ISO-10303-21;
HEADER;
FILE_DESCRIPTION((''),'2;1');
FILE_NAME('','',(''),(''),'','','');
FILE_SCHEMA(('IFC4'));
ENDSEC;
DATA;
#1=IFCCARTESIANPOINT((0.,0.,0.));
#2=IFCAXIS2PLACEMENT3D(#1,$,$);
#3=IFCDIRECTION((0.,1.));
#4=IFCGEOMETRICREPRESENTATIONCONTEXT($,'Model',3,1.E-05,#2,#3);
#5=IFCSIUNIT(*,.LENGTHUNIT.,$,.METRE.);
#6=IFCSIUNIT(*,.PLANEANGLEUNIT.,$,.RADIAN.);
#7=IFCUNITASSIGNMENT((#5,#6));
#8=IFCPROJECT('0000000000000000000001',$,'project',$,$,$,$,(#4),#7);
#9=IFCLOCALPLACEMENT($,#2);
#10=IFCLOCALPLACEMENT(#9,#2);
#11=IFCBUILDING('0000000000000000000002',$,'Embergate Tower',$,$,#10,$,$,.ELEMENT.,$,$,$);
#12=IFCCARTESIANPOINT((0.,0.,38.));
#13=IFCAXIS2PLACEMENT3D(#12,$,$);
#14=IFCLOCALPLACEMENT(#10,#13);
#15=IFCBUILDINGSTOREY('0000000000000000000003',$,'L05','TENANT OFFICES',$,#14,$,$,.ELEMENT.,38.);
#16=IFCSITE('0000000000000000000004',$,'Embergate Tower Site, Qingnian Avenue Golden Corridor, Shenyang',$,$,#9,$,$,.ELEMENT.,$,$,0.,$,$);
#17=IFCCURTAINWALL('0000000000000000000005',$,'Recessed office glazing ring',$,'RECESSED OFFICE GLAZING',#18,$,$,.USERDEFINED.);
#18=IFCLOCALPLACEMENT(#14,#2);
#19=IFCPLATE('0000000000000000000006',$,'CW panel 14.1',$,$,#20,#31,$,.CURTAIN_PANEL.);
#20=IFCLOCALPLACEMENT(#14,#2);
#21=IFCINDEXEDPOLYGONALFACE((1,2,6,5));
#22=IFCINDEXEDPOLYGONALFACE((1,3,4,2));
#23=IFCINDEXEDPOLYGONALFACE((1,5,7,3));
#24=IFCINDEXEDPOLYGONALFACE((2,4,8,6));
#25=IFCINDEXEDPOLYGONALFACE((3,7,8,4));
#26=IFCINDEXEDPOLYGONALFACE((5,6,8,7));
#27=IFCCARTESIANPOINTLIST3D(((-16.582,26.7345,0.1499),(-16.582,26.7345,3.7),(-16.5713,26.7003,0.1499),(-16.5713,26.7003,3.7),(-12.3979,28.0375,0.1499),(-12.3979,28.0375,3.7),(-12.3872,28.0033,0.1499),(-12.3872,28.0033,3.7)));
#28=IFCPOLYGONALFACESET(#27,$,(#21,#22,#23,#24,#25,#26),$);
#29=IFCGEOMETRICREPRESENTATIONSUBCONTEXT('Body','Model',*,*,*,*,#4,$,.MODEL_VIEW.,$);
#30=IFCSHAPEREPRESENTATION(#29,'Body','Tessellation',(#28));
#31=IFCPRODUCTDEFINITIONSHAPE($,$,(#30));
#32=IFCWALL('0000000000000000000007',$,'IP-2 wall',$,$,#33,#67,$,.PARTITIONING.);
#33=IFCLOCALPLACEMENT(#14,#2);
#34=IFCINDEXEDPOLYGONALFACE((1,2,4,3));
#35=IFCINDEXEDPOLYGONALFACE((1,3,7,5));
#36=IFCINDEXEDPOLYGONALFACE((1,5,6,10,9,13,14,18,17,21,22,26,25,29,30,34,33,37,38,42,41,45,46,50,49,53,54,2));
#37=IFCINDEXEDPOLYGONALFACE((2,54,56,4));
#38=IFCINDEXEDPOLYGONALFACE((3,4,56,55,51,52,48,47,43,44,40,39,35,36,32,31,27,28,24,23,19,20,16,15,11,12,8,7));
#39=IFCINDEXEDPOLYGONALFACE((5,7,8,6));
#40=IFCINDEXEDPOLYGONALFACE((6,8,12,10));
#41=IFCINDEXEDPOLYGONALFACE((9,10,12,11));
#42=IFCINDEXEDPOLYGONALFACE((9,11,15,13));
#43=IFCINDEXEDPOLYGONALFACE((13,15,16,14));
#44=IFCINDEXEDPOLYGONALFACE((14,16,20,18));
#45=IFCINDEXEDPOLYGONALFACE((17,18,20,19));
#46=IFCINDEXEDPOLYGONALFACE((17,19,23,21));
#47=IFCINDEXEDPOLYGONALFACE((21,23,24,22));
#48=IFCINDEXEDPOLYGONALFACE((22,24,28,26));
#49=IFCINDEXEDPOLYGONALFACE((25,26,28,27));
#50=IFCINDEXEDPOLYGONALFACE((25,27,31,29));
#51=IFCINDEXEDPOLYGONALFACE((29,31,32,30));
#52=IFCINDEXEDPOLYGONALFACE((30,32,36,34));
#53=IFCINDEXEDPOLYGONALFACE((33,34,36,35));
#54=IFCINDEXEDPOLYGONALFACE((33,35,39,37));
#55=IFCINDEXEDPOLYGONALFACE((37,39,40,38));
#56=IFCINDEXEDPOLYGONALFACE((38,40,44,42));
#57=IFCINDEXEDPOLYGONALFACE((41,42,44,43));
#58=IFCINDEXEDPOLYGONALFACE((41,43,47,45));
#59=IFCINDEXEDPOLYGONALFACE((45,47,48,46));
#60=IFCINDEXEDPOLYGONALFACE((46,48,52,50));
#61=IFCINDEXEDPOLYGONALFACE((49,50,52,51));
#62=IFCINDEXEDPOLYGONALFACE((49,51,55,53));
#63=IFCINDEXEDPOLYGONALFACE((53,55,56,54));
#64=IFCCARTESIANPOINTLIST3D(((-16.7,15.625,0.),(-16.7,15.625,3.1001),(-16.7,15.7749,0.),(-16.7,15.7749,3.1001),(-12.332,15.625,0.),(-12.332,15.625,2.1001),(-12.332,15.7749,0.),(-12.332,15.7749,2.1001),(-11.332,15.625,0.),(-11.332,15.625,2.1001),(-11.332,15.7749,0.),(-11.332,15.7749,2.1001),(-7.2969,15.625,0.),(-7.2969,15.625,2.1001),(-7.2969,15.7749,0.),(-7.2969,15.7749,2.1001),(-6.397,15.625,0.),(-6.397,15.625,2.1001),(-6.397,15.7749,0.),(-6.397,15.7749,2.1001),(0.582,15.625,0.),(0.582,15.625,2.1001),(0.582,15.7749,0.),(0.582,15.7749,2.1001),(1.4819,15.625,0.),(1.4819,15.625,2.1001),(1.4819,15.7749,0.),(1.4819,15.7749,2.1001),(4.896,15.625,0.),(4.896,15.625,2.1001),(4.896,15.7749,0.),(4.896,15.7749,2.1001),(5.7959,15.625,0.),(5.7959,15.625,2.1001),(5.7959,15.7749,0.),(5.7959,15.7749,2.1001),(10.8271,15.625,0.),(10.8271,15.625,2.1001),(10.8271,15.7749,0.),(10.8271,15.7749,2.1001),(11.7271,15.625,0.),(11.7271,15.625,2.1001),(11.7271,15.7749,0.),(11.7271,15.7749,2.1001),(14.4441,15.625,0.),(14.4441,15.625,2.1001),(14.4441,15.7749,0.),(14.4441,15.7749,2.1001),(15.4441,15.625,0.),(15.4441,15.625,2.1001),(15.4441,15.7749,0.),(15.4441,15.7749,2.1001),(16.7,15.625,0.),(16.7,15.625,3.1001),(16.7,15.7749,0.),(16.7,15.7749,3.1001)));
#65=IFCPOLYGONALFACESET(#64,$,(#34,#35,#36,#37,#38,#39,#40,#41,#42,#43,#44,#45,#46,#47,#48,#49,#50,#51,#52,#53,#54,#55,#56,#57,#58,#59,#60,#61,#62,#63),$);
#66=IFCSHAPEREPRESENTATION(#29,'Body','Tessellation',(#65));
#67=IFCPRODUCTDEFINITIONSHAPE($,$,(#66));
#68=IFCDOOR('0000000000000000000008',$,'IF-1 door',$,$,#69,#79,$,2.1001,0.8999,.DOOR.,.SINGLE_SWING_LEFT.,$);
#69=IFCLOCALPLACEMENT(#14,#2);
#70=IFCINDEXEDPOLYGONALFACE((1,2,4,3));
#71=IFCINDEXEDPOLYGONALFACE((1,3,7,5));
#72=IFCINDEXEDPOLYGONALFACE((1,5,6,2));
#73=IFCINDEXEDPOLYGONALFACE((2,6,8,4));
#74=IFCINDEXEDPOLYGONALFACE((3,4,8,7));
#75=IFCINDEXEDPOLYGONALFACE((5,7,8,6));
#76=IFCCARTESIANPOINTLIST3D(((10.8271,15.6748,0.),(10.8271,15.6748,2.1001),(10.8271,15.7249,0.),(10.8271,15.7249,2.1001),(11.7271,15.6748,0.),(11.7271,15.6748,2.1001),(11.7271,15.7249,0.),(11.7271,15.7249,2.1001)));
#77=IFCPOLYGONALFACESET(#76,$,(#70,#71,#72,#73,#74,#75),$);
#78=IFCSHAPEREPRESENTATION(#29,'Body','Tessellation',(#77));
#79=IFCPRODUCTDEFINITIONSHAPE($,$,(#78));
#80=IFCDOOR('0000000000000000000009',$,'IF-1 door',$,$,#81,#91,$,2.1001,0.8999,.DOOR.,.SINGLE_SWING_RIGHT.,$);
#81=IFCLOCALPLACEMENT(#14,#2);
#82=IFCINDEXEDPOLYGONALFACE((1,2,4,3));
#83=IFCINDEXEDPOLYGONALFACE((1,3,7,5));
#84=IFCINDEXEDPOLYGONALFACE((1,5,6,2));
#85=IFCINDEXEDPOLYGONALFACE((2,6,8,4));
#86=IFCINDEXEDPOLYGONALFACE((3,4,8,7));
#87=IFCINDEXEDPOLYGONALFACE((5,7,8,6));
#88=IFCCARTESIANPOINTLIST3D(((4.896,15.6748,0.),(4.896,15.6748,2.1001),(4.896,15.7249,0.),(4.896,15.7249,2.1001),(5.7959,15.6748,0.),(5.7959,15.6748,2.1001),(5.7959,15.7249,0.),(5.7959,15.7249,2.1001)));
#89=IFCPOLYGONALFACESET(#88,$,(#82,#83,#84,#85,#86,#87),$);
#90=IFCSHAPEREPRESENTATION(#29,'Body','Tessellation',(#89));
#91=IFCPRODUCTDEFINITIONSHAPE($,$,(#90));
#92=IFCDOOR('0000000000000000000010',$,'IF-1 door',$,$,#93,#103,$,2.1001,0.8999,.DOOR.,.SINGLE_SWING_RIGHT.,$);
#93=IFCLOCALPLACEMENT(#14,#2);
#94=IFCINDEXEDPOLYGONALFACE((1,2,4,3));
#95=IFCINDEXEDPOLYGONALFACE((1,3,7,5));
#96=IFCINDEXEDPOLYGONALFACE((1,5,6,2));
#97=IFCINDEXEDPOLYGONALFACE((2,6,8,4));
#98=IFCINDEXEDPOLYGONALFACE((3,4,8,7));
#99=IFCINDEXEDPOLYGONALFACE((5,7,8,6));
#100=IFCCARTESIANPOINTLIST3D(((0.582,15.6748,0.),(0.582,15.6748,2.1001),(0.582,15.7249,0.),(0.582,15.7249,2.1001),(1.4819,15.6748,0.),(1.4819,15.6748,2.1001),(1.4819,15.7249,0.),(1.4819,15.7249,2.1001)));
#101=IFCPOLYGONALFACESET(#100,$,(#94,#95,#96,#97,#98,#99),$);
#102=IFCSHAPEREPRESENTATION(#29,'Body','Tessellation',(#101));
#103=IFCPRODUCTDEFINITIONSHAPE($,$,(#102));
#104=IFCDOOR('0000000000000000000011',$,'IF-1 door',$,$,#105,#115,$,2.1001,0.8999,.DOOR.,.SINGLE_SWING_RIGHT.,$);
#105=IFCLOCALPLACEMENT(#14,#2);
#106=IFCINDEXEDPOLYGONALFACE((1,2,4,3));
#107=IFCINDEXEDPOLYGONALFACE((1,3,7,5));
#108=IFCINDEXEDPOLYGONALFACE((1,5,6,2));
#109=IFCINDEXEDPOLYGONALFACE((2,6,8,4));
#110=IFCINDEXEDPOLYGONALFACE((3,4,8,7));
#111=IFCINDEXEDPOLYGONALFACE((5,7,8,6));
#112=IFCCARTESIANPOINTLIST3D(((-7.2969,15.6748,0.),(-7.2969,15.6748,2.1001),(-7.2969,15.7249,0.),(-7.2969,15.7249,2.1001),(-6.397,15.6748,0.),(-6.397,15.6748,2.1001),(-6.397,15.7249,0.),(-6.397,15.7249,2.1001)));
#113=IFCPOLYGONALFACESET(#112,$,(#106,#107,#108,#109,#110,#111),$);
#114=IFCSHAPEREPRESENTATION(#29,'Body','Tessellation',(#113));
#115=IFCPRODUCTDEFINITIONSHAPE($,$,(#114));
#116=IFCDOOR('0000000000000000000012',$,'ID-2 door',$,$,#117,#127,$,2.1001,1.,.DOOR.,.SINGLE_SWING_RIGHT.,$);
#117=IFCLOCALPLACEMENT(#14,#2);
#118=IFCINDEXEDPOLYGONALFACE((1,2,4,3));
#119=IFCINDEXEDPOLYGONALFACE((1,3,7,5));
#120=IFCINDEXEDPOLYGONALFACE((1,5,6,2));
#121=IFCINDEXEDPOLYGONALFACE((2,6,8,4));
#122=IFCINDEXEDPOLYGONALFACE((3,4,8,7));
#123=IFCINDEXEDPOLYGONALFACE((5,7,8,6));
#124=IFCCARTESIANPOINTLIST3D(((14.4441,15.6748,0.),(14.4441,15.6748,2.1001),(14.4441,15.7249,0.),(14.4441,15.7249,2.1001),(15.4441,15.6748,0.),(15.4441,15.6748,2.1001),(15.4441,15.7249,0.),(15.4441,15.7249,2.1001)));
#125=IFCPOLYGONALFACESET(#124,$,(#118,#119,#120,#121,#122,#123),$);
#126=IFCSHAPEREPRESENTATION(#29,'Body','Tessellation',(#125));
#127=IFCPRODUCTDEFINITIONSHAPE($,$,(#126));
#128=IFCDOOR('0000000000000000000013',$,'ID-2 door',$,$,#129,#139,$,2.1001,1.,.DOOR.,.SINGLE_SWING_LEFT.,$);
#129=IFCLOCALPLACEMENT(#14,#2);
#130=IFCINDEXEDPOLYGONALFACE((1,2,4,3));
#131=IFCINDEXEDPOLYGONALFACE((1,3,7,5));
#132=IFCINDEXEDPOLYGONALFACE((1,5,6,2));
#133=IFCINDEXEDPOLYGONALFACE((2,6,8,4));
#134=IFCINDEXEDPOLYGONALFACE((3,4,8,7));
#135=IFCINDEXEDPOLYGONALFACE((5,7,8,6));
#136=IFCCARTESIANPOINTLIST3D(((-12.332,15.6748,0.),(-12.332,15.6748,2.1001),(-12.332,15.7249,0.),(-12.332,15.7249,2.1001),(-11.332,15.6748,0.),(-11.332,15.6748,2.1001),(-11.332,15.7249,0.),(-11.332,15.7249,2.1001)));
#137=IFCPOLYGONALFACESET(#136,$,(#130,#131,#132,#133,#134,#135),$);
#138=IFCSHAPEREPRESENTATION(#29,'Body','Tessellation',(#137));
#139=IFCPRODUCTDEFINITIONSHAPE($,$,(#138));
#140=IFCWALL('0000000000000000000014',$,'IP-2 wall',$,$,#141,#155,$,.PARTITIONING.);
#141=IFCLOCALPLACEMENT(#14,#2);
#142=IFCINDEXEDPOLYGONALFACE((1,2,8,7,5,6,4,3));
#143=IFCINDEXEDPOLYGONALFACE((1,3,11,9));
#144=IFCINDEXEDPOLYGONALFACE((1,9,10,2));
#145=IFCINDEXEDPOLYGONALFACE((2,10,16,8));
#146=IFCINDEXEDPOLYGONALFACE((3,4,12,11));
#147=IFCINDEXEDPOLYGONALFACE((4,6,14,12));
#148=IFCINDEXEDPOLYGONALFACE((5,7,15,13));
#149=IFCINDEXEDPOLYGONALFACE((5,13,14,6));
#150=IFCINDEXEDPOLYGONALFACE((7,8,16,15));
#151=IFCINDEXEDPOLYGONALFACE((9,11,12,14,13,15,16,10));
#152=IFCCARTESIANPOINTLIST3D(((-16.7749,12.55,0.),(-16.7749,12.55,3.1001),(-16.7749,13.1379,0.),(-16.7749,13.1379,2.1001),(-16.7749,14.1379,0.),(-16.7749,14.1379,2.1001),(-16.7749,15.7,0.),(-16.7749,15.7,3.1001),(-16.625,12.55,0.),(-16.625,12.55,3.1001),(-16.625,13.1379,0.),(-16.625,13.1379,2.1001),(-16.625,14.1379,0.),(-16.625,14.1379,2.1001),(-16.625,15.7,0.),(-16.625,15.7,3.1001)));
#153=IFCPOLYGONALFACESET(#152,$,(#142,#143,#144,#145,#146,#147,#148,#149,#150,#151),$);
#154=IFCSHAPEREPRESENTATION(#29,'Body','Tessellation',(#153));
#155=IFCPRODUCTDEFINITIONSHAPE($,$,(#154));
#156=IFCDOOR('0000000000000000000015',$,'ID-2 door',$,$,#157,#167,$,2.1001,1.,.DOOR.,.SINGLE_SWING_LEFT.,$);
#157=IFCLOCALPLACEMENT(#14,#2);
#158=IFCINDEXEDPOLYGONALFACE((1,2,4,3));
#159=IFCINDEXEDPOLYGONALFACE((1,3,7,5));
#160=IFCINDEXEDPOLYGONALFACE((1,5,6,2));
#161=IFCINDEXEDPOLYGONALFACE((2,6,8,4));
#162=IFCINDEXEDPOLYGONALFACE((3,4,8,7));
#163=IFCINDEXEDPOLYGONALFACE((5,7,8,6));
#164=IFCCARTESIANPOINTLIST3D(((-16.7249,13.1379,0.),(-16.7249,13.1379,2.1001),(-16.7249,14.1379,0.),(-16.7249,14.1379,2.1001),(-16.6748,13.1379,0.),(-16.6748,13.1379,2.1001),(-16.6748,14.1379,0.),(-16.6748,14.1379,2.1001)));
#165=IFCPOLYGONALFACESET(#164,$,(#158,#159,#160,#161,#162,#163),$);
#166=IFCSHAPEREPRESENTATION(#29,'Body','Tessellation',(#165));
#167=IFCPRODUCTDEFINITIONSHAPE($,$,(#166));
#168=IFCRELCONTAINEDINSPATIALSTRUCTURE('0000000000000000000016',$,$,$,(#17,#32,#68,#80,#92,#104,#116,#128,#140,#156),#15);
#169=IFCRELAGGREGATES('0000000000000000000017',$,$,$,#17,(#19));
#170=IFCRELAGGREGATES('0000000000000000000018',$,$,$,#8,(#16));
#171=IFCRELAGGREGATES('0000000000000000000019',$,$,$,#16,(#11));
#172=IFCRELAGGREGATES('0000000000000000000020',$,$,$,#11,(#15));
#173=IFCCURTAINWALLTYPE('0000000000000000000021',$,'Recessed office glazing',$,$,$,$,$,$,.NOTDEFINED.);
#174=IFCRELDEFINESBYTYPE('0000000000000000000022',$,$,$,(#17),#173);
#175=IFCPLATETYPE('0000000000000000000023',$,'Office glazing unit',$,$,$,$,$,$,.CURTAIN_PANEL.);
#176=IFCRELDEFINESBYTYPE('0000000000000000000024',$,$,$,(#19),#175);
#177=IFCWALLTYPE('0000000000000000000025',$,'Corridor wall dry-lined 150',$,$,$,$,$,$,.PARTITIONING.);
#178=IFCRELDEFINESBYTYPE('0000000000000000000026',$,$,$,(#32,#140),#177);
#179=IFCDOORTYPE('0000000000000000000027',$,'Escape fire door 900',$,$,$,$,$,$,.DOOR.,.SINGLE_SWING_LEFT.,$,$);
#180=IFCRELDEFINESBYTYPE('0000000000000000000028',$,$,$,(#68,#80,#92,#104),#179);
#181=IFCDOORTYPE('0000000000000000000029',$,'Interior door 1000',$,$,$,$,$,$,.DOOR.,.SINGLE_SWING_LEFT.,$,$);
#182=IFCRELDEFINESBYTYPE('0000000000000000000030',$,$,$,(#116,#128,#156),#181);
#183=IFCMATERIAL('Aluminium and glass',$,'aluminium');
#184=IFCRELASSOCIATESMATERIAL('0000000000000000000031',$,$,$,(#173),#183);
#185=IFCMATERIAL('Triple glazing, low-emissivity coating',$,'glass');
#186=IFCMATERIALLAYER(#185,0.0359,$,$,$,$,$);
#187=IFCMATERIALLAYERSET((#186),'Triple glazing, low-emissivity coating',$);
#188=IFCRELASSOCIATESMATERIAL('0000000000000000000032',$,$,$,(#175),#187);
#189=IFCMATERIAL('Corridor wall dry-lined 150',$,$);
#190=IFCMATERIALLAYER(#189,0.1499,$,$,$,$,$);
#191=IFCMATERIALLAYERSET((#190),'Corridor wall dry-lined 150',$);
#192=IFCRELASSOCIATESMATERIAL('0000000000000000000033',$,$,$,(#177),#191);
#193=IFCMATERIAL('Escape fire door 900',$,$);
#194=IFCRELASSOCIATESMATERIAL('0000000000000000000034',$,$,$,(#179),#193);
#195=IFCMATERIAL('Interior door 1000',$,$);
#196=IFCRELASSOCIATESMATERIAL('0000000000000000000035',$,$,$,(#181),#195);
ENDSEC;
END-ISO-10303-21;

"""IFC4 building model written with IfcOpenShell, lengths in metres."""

from ifc_helpers import new_model, si_unit, direction, frame, frame_2d, origin, origin_2d, place, context, subcontext, project, spatial, rectangle, extrude, source, transform, mapped, material, layer, layer_set, type_object, element, fill, aggregate, save


model = new_model("IFC4")

# Units and contexts
model_context = context("Model", 3, precision=1e-05, world=origin(), true_north=direction((0.0, 1.0)))
body_context = subcontext(model_context, "Body", "Model", "MODEL_VIEW")
ifc_project = project(units=[si_unit("LENGTHUNIT", "METRE"), si_unit("PLANEANGLEUNIT", "RADIAN")], contexts=[model_context])

# Site, building, storey
site_placement = place(None, origin())
site = spatial("IfcSite", under=ifc_project, at=site_placement, Name="Embergate Tower Site, Qingnian Avenue Golden Corridor, Shenyang", CompositionType="ELEMENT", RefElevation=0.0)
building_placement = place(site_placement, origin())
building = spatial("IfcBuilding", under=site, at=building_placement, Name="Embergate Tower", CompositionType="ELEMENT")
storey_placement = place(building_placement, frame((0.0, 0.0, 38.0)))
storey = spatial("IfcBuildingStorey", under=building, at=storey_placement, Name="L05", Description="TENANT OFFICES", CompositionType="ELEMENT", Elevation=38.0)

# Curtain wall, plate
ifc_material_1 = material(Name="Aluminium and glass", Category="aluminium")
curtain_wall_type = type_object("IfcCurtainWallType", Name="Recessed office glazing", PredefinedType="NOTDEFINED", material=ifc_material_1)
curtain_wall_placement = place(storey_placement, origin())
curtain_wall = element("IfcCurtainWall", 1, at=curtain_wall_placement, inside=storey, type_object=curtain_wall_type, Name="Recessed office glazing ring", ObjectType="RECESSED OFFICE GLAZING", PredefinedType="USERDEFINED")
ifc_material_2 = material(Name="Triple glazing, low-emissivity coating", Category="glass")
ifc_layer_1 = layer(ifc_material_2, 0.0359)
ifc_layer_set_1 = layer_set([ifc_layer_1], Name="Triple glazing, low-emissivity coating")
plate_type = type_object("IfcPlateType", Name="Office glazing unit", PredefinedType="CURTAIN_PANEL", material=ifc_layer_set_1)
shared_shape_1 = source(origin(), body_context, "Body", "SweptSolid", [
    extrude(rectangle(XDim=4.3823, YDim=0.0359, at=origin_2d()), origin(), (0.0, 0.0, 1.0), 3.55),
])
plate_placement = place(storey_placement, frame((-14.4846, 27.3689, 0.1499), z_axis=(0.0, 0.0, 1.0), x_axis=(-0.954773, -0.297337, 0.0)))
plate = element("IfcPlate", 2, at=plate_placement, type_object=plate_type, Name="CW panel 14.1", PredefinedType="CURTAIN_PANEL", context=body_context, shape_type="MappedRepresentation", body=[
    mapped(shared_shape_1, transform((0.0, 0.0, 0.0))),
])
aggregate(curtain_wall, [plate])

# Wall, openings, doors
ifc_material_3 = material(Name="Corridor wall dry-lined 150")
ifc_layer_2 = layer(ifc_material_3, 0.1499)
ifc_layer_set_2 = layer_set([ifc_layer_2], Name="Corridor wall dry-lined 150")
wall_type_1 = type_object("IfcWallType", Name="Corridor wall dry-lined 150", PredefinedType="PARTITIONING", material=ifc_layer_set_2)
shared_shape_2 = source(origin(), body_context, "Body", "SweptSolid", [
    extrude(rectangle(XDim=33.3999, YDim=0.1499, at=frame_2d((16.7, 0.0))), origin(), (0.0, 0.0, 1.0), 3.1001),
])
wall_1_placement = place(storey_placement, frame((-16.7, 15.7, 0.0), z_axis=(0.0, 0.0, 1.0), x_axis=(1.0, 0.0, 0.0)))
wall_1 = element("IfcWall", 3, at=wall_1_placement, inside=storey, type_object=wall_type_1, Name="IP-2 wall", PredefinedType="PARTITIONING", context=body_context, shape_type="MappedRepresentation", body=[
    mapped(shared_shape_2, transform((0.0, 0.0, 0.0))),
])
shared_shape_3 = source(origin(), body_context, "Body", "SweptSolid", [
    extrude(rectangle(XDim=1.0, YDim=2.1001, at=frame_2d((0.5, 1.05))), frame((0.0, 0.085, 0.0), z_axis=(0.0, -1.0, 0.0), x_axis=(1.0, 0.0, 0.0)), (0.0, 0.0, 1.0), 0.1699),
])
opening_1_placement = place(wall_1_placement, frame((31.144, 0.0, 0.0)))
opening_1 = element("IfcOpeningElement", 4, at=opening_1_placement, cuts=wall_1, PredefinedType="OPENING", context=body_context, shape_type="MappedRepresentation", body=[
    mapped(shared_shape_3, transform((0.0, 0.0, 0.0))),
])
shared_shape_4 = source(origin(), body_context, "Body", "SweptSolid", [
    extrude(rectangle(XDim=0.8999, YDim=2.1001, at=frame_2d((0.45, 1.05))), frame((0.0, 0.085, 0.0), z_axis=(0.0, -1.0, 0.0), x_axis=(1.0, 0.0, 0.0)), (0.0, 0.0, 1.0), 0.1699),
])
opening_2_placement = place(wall_1_placement, frame((27.5271, 0.0, 0.0)))
opening_2 = element("IfcOpeningElement", 5, at=opening_2_placement, cuts=wall_1, PredefinedType="OPENING", context=body_context, shape_type="MappedRepresentation", body=[
    mapped(shared_shape_4, transform((0.0, 0.0, 0.0))),
])
opening_3_placement = place(wall_1_placement, frame((21.5959, 0.0, 0.0)))
opening_3 = element("IfcOpeningElement", 6, at=opening_3_placement, cuts=wall_1, PredefinedType="OPENING", context=body_context, shape_type="MappedRepresentation", body=[
    mapped(shared_shape_4, transform((0.0, 0.0, 0.0))),
])
opening_4_placement = place(wall_1_placement, frame((17.282, 0.0, 0.0)))
opening_4 = element("IfcOpeningElement", 7, at=opening_4_placement, cuts=wall_1, PredefinedType="OPENING", context=body_context, shape_type="MappedRepresentation", body=[
    mapped(shared_shape_4, transform((0.0, 0.0, 0.0))),
])
opening_5_placement = place(wall_1_placement, frame((9.4031, 0.0, 0.0)))
opening_5 = element("IfcOpeningElement", 8, at=opening_5_placement, cuts=wall_1, PredefinedType="OPENING", context=body_context, shape_type="MappedRepresentation", body=[
    mapped(shared_shape_4, transform((0.0, 0.0, 0.0))),
])
opening_6_placement = place(wall_1_placement, frame((4.3679, 0.0, 0.0)))
opening_6 = element("IfcOpeningElement", 9, at=opening_6_placement, cuts=wall_1, PredefinedType="OPENING", context=body_context, shape_type="MappedRepresentation", body=[
    mapped(shared_shape_3, transform((0.0, 0.0, 0.0))),
])
ifc_material_4 = material(Name="Escape fire door 900")
door_type_1 = type_object("IfcDoorType", Name="Escape fire door 900", OperationType="SINGLE_SWING_LEFT", PredefinedType="DOOR", material=ifc_material_4)
shared_shape_5 = source(origin(), body_context, "Body", "SweptSolid", [
    extrude(rectangle(XDim=0.8999, YDim=2.1001, at=frame_2d((0.45, 1.05))), frame((0.0, 0.0249, 0.0), z_axis=(0.0, -1.0, 0.0), x_axis=(1.0, 0.0, 0.0)), (0.0, 0.0, 1.0), 0.05),
])
door_1_placement = place(opening_2_placement, origin())
door_1 = element("IfcDoor", 10, at=door_1_placement, inside=storey, type_object=door_type_1, Name="IF-1 door", OperationType="SINGLE_SWING_LEFT", OverallHeight=2.1001, OverallWidth=0.8999, PredefinedType="DOOR", context=body_context, shape_type="MappedRepresentation", body=[
    mapped(shared_shape_5, transform((0.0, 0.0, 0.0))),
])
fill(opening_2, door_1)
door_2_placement = place(opening_3_placement, origin())
door_2 = element("IfcDoor", 11, at=door_2_placement, inside=storey, type_object=door_type_1, Name="IF-1 door", OperationType="SINGLE_SWING_RIGHT", OverallHeight=2.1001, OverallWidth=0.8999, PredefinedType="DOOR", context=body_context, shape_type="MappedRepresentation", body=[
    mapped(shared_shape_5, transform((0.0, 0.0, 0.0))),
])
fill(opening_3, door_2)
door_3_placement = place(opening_4_placement, origin())
door_3 = element("IfcDoor", 12, at=door_3_placement, inside=storey, type_object=door_type_1, Name="IF-1 door", OperationType="SINGLE_SWING_RIGHT", OverallHeight=2.1001, OverallWidth=0.8999, PredefinedType="DOOR", context=body_context, shape_type="MappedRepresentation", body=[
    mapped(shared_shape_5, transform((0.0, 0.0, 0.0))),
])
fill(opening_4, door_3)
door_4_placement = place(opening_5_placement, origin())
door_4 = element("IfcDoor", 13, at=door_4_placement, inside=storey, type_object=door_type_1, Name="IF-1 door", OperationType="SINGLE_SWING_RIGHT", OverallHeight=2.1001, OverallWidth=0.8999, PredefinedType="DOOR", context=body_context, shape_type="MappedRepresentation", body=[
    mapped(shared_shape_5, transform((0.0, 0.0, 0.0))),
])
fill(opening_5, door_4)
ifc_material_5 = material(Name="Interior door 1000")
door_type_2 = type_object("IfcDoorType", Name="Interior door 1000", OperationType="SINGLE_SWING_LEFT", PredefinedType="DOOR", material=ifc_material_5)
shared_shape_6 = source(origin(), body_context, "Body", "SweptSolid", [
    extrude(rectangle(XDim=1.0, YDim=2.1001, at=frame_2d((0.5, 1.05))), frame((0.0, 0.0249, 0.0), z_axis=(0.0, -1.0, 0.0), x_axis=(1.0, 0.0, 0.0)), (0.0, 0.0, 1.0), 0.05),
])
door_5_placement = place(opening_1_placement, origin())
door_5 = element("IfcDoor", 14, at=door_5_placement, inside=storey, type_object=door_type_2, Name="ID-2 door", OperationType="SINGLE_SWING_RIGHT", OverallHeight=2.1001, OverallWidth=1.0, PredefinedType="DOOR", context=body_context, shape_type="MappedRepresentation", body=[
    mapped(shared_shape_6, transform((0.0, 0.0, 0.0))),
])
fill(opening_1, door_5)
door_6_placement = place(opening_6_placement, origin())
door_6 = element("IfcDoor", 15, at=door_6_placement, inside=storey, type_object=door_type_2, Name="ID-2 door", OperationType="SINGLE_SWING_LEFT", OverallHeight=2.1001, OverallWidth=1.0, PredefinedType="DOOR", context=body_context, shape_type="MappedRepresentation", body=[
    mapped(shared_shape_6, transform((0.0, 0.0, 0.0))),
])
fill(opening_6, door_6)

# Wall, opening, door
shared_shape_7 = source(origin(), body_context, "Body", "SweptSolid", [
    extrude(rectangle(XDim=3.1499, YDim=0.1499, at=frame_2d((1.575, 0.0))), origin(), (0.0, 0.0, 1.0), 3.1001),
])
wall_2_placement = place(storey_placement, frame((-16.7, 12.55, 0.0), z_axis=(0.0, 0.0, 1.0), x_axis=(0.0, 1.0, 0.0)))
wall_2 = element("IfcWall", 16, at=wall_2_placement, inside=storey, type_object=wall_type_1, Name="IP-2 wall", PredefinedType="PARTITIONING", context=body_context, shape_type="MappedRepresentation", body=[
    mapped(shared_shape_7, transform((0.0, 0.0, 0.0))),
])
opening_7_placement = place(wall_2_placement, frame((0.5879, 0.0, 0.0)))
opening_7 = element("IfcOpeningElement", 17, at=opening_7_placement, cuts=wall_2, PredefinedType="OPENING", context=body_context, shape_type="MappedRepresentation", body=[
    mapped(shared_shape_3, transform((0.0, 0.0, 0.0))),
])
door_7_placement = place(opening_7_placement, origin())
door_7 = element("IfcDoor", 18, at=door_7_placement, inside=storey, type_object=door_type_2, Name="ID-2 door", OperationType="SINGLE_SWING_LEFT", OverallHeight=2.1001, OverallWidth=1.0, PredefinedType="DOOR", context=body_context, shape_type="MappedRepresentation", body=[
    mapped(shared_shape_6, transform((0.0, 0.0, 0.0))),
])
fill(opening_7, door_7)

save(model, "model.ifc")
